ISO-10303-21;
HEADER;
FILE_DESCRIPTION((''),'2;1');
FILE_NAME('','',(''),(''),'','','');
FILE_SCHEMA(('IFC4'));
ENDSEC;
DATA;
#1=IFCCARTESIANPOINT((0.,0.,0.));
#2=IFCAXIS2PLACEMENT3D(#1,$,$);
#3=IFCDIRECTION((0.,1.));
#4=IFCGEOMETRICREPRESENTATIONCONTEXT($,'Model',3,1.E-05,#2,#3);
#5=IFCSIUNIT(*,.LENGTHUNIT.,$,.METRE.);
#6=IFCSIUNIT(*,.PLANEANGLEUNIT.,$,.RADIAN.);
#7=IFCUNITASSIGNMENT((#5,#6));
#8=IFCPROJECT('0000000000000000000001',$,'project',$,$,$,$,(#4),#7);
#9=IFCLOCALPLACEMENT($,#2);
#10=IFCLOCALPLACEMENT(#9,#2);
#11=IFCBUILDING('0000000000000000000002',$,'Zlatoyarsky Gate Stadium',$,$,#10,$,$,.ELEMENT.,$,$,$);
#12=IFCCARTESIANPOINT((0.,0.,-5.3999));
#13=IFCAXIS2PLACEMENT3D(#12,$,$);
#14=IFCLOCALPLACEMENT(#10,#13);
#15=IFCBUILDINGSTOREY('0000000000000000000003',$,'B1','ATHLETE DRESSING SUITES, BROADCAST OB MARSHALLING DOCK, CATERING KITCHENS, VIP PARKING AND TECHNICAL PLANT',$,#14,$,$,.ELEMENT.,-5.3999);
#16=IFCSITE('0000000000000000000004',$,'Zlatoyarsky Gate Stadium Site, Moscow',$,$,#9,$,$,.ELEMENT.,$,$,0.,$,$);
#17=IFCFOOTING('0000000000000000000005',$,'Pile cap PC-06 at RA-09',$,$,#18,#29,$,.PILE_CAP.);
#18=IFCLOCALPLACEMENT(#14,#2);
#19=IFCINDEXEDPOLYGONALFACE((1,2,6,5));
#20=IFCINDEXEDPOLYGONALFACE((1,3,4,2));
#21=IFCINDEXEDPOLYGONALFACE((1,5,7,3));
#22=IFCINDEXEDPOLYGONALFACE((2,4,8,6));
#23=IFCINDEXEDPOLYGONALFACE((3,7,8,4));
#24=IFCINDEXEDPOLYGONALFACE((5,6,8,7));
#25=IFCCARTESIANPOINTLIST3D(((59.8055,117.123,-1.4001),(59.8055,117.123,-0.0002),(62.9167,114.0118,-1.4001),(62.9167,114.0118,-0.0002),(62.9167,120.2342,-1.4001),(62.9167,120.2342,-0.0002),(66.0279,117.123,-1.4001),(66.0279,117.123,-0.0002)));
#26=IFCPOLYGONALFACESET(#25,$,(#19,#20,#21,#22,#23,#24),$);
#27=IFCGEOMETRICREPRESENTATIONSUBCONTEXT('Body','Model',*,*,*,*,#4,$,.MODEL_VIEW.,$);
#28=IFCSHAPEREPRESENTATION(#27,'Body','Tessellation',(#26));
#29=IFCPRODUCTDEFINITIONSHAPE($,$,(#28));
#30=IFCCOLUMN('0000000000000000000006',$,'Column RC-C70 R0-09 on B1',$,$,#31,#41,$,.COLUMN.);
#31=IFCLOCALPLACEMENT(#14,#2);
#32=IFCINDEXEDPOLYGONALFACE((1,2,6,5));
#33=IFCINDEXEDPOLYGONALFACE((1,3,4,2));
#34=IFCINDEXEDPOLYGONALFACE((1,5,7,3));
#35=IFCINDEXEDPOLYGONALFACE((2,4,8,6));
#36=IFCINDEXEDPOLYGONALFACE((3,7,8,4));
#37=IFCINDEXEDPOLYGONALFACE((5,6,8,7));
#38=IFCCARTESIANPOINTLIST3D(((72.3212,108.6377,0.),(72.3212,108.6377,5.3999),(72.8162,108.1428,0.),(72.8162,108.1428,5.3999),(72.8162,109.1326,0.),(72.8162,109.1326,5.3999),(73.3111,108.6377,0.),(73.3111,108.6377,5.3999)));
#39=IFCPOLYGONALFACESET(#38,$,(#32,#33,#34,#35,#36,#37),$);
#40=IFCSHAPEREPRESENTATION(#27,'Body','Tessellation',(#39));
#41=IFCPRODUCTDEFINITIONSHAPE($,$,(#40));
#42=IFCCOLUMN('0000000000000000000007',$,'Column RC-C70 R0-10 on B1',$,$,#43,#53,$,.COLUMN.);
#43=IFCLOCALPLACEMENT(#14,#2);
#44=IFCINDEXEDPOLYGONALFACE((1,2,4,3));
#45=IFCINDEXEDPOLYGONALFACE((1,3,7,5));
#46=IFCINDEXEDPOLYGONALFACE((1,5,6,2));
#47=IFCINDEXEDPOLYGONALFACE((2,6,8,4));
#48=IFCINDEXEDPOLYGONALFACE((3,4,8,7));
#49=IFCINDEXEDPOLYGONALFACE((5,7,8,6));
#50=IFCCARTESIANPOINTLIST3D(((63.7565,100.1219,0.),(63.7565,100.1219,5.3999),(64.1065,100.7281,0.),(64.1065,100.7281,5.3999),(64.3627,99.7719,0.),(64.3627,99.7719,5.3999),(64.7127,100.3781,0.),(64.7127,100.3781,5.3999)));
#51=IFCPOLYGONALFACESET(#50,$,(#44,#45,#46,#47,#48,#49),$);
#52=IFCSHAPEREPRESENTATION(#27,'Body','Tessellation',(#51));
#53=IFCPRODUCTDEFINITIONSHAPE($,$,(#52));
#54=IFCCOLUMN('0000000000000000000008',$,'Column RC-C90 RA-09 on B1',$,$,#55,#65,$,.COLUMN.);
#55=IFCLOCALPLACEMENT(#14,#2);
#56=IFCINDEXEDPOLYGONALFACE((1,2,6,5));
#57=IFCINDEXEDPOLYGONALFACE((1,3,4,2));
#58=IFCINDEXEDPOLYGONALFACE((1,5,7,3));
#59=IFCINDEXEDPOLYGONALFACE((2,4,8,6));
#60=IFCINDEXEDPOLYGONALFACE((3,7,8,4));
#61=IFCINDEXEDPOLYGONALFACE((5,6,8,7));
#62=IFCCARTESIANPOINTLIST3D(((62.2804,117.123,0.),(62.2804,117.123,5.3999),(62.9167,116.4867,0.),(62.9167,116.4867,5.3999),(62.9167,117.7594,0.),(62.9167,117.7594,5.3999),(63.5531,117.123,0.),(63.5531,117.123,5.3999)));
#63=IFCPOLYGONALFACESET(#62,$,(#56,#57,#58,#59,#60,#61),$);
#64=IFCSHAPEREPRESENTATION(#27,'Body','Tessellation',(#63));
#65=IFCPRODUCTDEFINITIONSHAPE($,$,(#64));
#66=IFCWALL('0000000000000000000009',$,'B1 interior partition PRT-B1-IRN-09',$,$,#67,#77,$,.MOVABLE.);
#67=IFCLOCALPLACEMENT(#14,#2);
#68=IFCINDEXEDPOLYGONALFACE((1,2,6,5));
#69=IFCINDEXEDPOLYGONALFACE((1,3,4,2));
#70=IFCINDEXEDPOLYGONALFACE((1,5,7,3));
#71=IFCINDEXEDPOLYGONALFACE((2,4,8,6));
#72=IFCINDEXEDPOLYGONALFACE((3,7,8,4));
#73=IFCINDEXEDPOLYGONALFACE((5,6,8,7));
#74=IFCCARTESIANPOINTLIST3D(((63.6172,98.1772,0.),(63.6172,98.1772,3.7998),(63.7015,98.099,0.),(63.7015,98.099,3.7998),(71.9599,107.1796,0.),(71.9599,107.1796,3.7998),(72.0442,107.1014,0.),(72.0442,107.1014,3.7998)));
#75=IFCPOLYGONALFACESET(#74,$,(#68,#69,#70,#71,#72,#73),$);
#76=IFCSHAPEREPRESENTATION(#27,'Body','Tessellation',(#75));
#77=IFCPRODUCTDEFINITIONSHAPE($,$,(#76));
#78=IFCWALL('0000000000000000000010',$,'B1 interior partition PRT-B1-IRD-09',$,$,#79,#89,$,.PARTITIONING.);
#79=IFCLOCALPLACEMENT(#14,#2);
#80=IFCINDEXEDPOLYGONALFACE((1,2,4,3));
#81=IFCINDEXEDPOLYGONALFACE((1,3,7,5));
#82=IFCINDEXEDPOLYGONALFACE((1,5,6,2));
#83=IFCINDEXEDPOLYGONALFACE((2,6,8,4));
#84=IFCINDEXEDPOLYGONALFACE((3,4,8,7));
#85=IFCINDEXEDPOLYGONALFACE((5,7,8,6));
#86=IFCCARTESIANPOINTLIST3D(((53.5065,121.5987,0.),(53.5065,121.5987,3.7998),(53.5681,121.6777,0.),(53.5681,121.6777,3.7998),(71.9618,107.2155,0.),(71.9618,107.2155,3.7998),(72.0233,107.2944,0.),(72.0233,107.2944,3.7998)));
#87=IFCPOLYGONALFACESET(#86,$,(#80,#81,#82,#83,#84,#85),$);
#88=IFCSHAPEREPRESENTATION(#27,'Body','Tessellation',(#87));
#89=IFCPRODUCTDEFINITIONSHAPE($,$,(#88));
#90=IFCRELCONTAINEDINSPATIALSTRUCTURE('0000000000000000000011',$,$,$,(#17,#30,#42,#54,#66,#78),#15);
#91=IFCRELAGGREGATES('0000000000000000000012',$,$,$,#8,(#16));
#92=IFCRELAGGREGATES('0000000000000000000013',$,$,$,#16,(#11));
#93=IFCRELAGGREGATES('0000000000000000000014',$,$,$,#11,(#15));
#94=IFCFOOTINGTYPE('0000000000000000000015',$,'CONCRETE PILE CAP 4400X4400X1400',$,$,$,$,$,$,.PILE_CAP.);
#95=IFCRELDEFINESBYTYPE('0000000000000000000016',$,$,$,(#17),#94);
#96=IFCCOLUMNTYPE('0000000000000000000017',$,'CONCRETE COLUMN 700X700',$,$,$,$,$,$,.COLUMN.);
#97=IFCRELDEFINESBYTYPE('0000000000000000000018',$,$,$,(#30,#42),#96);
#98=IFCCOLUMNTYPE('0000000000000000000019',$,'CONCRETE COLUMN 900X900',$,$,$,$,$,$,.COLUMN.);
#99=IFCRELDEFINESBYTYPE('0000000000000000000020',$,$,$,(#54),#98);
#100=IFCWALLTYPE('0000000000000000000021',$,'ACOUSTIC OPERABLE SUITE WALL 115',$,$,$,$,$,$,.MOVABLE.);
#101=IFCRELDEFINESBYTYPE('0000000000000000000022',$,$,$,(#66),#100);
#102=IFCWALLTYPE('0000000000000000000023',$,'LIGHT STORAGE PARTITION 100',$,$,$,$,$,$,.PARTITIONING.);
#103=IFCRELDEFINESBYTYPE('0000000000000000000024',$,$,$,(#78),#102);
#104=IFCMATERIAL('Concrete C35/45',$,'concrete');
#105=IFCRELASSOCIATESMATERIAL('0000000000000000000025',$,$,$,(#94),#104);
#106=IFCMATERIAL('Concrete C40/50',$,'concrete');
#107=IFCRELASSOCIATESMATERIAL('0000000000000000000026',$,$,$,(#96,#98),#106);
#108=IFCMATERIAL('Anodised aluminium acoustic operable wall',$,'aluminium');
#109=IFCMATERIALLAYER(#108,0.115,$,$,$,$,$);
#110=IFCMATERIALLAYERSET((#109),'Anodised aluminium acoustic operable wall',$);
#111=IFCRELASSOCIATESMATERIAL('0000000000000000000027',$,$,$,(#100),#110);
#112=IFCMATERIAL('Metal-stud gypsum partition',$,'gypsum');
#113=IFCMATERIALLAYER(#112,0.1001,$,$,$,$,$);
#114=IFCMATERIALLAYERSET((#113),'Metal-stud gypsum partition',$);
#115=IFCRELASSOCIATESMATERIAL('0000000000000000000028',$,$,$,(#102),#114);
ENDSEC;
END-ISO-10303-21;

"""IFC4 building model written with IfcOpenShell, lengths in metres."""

from ifc_helpers import new_model, si_unit, direction, frame, frame_2d, origin, origin_2d, place, context, subcontext, project, spatial, rectangle, extrude, material, layer, layer_set, material_profile, profile_set, type_object, element, save


model = new_model("IFC4")

# Units and contexts
model_context = context("Model", 3, precision=1e-05, world=origin(), true_north=direction((0.0, 1.0)))
body_context = subcontext(model_context, "Body", "Model", "MODEL_VIEW")
ifc_project = project(units=[si_unit("LENGTHUNIT", "METRE"), si_unit("PLANEANGLEUNIT", "RADIAN")], contexts=[model_context])

# Site, building, storey
site_placement = place(None, origin())
site = spatial("IfcSite", under=ifc_project, at=site_placement, Name="Zlatoyarsky Gate Stadium Site, Moscow", CompositionType="ELEMENT", RefElevation=0.0)
building_placement = place(site_placement, origin())
building = spatial("IfcBuilding", under=site, at=building_placement, Name="Zlatoyarsky Gate Stadium", CompositionType="ELEMENT")
storey_placement = place(building_placement, frame((0.0, 0.0, -5.3999)))
storey = spatial("IfcBuildingStorey", under=building, at=storey_placement, Name="B1", Description="ATHLETE DRESSING SUITES, BROADCAST OB MARSHALLING DOCK, CATERING KITCHENS, VIP PARKING AND TECHNICAL PLANT", CompositionType="ELEMENT", Elevation=-5.3999)

# Shared definitions
ifc_material_1 = material(Name="Concrete C35/45", Category="concrete")

# Footing
footing_type_1 = type_object("IfcFootingType", Name="CONCRETE PILE CAP 4400X4400X1400", PredefinedType="PILE_CAP", material=ifc_material_1)
footing_1_placement = place(storey_placement, frame((62.9167, 117.123, -1.4001), z_axis=(0.0, 0.0, 1.0), x_axis=(-0.707107, 0.707107, 0.0)))
element("IfcFooting", 1, at=footing_1_placement, inside=storey, type_object=footing_type_1, Name="Pile cap PC-06 at RA-09", PredefinedType="PILE_CAP", context=body_context, shape_type="SweptSolid", body=[
    extrude(rectangle(XDim=4.3999, YDim=4.3999, at=origin_2d()), origin(), (0.0, 0.0, 1.0), 1.3999),
])

# Columns
ifc_material_2 = material(Name="Concrete C40/50", Category="concrete")
ifc_material_profile_1 = material_profile(ifc_material_2, rectangle(XDim=0.7, YDim=0.7, at=origin_2d()), Name="RC COL 700X700")
ifc_profile_set_1 = profile_set([ifc_material_profile_1], Name="Concrete C40/50")
column_type_1 = type_object("IfcColumnType", Name="CONCRETE COLUMN 700X700", PredefinedType="COLUMN", material=ifc_profile_set_1)
for number, where, z_axis, x_axis, name in (
    (2, (72.8162, 108.6377, 0.0), (0.0, 0.0, 1.0), (-0.707107, 0.707107, 0.0), "Column RC-C70 R0-09 on B1"),
    (3, (64.2346, 100.25, 0.0), (0.0, 0.0, 1.0), (-0.866025, 0.5, 0.0), "Column RC-C70 R0-10 on B1"),
):
    element("IfcColumn", number, at=place(storey_placement, frame(where, z_axis=z_axis, x_axis=x_axis)), inside=storey, type_object=column_type_1, Name=name, PredefinedType="COLUMN", context=body_context, shape_type="SweptSolid", body=[
        extrude(rectangle(XDim=0.7, YDim=0.7, at=origin_2d()), origin(), (0.0, 0.0, 1.0), 5.3999),
    ])
ifc_material_profile_2 = material_profile(ifc_material_2, rectangle(XDim=0.8999, YDim=0.8999, at=origin_2d()), Name="RC COL 900X900")
ifc_profile_set_2 = profile_set([ifc_material_profile_2], Name="Concrete C40/50")
column_type_2 = type_object("IfcColumnType", Name="CONCRETE COLUMN 900X900", PredefinedType="COLUMN", material=ifc_profile_set_2)
column_placement = place(storey_placement, frame((62.9167, 117.123, 0.0), z_axis=(0.0, 0.0, 1.0), x_axis=(-0.707107, 0.707107, 0.0)))
element("IfcColumn", 4, at=column_placement, inside=storey, type_object=column_type_2, Name="Column RC-C90 RA-09 on B1", PredefinedType="COLUMN", context=body_context, shape_type="SweptSolid", body=[
    extrude(rectangle(XDim=0.8999, YDim=0.8999, at=origin_2d()), origin(), (0.0, 0.0, 1.0), 5.3999),
])

# Walls
ifc_material_3 = material(Name="Anodised aluminium acoustic operable wall", Category="aluminium")
ifc_layer_1 = layer(ifc_material_3, 0.115)
ifc_layer_set_1 = layer_set([ifc_layer_1], Name="Anodised aluminium acoustic operable wall")
wall_type_1 = type_object("IfcWallType", Name="ACOUSTIC OPERABLE SUITE WALL 115", PredefinedType="MOVABLE", material=ifc_layer_set_1)
wall_1_placement = place(storey_placement, frame((72.002, 107.1404, 0.0), z_axis=(0.0, 0.0, 1.0), x_axis=(-0.679723, -0.733469, 0.0)))
element("IfcWall", 5, at=wall_1_placement, inside=storey, type_object=wall_type_1, Name="B1 interior partition PRT-B1-IRN-09", PredefinedType="MOVABLE", context=body_context, shape_type="SweptSolid", body=[
    extrude(rectangle(XDim=12.2737, YDim=0.115, at=frame_2d((6.1367, 0.0))), origin(), (0.0, 0.0, 1.0), 3.7998),
])
ifc_material_4 = material(Name="Metal-stud gypsum partition", Category="gypsum")
ifc_layer_2 = layer(ifc_material_4, 0.1001)
ifc_layer_set_2 = layer_set([ifc_layer_2], Name="Metal-stud gypsum partition")
wall_type_2 = type_object("IfcWallType", Name="LIGHT STORAGE PARTITION 100", PredefinedType="PARTITIONING", material=ifc_layer_set_2)
wall_2_placement = place(storey_placement, frame((71.9927, 107.2549, 0.0), z_axis=(0.0, 0.0, 1.0), x_axis=(-0.788748, 0.614717, 0.0)))
element("IfcWall", 6, at=wall_2_placement, inside=storey, type_object=wall_type_2, Name="B1 interior partition PRT-B1-IRD-09", PredefinedType="PARTITIONING", context=body_context, shape_type="SweptSolid", body=[
    extrude(rectangle(XDim=23.3982, YDim=0.1001, at=frame_2d((11.6992, 0.0))), origin(), (0.0, 0.0, 1.0), 3.7998),
])

save(model, "model.ifc")
